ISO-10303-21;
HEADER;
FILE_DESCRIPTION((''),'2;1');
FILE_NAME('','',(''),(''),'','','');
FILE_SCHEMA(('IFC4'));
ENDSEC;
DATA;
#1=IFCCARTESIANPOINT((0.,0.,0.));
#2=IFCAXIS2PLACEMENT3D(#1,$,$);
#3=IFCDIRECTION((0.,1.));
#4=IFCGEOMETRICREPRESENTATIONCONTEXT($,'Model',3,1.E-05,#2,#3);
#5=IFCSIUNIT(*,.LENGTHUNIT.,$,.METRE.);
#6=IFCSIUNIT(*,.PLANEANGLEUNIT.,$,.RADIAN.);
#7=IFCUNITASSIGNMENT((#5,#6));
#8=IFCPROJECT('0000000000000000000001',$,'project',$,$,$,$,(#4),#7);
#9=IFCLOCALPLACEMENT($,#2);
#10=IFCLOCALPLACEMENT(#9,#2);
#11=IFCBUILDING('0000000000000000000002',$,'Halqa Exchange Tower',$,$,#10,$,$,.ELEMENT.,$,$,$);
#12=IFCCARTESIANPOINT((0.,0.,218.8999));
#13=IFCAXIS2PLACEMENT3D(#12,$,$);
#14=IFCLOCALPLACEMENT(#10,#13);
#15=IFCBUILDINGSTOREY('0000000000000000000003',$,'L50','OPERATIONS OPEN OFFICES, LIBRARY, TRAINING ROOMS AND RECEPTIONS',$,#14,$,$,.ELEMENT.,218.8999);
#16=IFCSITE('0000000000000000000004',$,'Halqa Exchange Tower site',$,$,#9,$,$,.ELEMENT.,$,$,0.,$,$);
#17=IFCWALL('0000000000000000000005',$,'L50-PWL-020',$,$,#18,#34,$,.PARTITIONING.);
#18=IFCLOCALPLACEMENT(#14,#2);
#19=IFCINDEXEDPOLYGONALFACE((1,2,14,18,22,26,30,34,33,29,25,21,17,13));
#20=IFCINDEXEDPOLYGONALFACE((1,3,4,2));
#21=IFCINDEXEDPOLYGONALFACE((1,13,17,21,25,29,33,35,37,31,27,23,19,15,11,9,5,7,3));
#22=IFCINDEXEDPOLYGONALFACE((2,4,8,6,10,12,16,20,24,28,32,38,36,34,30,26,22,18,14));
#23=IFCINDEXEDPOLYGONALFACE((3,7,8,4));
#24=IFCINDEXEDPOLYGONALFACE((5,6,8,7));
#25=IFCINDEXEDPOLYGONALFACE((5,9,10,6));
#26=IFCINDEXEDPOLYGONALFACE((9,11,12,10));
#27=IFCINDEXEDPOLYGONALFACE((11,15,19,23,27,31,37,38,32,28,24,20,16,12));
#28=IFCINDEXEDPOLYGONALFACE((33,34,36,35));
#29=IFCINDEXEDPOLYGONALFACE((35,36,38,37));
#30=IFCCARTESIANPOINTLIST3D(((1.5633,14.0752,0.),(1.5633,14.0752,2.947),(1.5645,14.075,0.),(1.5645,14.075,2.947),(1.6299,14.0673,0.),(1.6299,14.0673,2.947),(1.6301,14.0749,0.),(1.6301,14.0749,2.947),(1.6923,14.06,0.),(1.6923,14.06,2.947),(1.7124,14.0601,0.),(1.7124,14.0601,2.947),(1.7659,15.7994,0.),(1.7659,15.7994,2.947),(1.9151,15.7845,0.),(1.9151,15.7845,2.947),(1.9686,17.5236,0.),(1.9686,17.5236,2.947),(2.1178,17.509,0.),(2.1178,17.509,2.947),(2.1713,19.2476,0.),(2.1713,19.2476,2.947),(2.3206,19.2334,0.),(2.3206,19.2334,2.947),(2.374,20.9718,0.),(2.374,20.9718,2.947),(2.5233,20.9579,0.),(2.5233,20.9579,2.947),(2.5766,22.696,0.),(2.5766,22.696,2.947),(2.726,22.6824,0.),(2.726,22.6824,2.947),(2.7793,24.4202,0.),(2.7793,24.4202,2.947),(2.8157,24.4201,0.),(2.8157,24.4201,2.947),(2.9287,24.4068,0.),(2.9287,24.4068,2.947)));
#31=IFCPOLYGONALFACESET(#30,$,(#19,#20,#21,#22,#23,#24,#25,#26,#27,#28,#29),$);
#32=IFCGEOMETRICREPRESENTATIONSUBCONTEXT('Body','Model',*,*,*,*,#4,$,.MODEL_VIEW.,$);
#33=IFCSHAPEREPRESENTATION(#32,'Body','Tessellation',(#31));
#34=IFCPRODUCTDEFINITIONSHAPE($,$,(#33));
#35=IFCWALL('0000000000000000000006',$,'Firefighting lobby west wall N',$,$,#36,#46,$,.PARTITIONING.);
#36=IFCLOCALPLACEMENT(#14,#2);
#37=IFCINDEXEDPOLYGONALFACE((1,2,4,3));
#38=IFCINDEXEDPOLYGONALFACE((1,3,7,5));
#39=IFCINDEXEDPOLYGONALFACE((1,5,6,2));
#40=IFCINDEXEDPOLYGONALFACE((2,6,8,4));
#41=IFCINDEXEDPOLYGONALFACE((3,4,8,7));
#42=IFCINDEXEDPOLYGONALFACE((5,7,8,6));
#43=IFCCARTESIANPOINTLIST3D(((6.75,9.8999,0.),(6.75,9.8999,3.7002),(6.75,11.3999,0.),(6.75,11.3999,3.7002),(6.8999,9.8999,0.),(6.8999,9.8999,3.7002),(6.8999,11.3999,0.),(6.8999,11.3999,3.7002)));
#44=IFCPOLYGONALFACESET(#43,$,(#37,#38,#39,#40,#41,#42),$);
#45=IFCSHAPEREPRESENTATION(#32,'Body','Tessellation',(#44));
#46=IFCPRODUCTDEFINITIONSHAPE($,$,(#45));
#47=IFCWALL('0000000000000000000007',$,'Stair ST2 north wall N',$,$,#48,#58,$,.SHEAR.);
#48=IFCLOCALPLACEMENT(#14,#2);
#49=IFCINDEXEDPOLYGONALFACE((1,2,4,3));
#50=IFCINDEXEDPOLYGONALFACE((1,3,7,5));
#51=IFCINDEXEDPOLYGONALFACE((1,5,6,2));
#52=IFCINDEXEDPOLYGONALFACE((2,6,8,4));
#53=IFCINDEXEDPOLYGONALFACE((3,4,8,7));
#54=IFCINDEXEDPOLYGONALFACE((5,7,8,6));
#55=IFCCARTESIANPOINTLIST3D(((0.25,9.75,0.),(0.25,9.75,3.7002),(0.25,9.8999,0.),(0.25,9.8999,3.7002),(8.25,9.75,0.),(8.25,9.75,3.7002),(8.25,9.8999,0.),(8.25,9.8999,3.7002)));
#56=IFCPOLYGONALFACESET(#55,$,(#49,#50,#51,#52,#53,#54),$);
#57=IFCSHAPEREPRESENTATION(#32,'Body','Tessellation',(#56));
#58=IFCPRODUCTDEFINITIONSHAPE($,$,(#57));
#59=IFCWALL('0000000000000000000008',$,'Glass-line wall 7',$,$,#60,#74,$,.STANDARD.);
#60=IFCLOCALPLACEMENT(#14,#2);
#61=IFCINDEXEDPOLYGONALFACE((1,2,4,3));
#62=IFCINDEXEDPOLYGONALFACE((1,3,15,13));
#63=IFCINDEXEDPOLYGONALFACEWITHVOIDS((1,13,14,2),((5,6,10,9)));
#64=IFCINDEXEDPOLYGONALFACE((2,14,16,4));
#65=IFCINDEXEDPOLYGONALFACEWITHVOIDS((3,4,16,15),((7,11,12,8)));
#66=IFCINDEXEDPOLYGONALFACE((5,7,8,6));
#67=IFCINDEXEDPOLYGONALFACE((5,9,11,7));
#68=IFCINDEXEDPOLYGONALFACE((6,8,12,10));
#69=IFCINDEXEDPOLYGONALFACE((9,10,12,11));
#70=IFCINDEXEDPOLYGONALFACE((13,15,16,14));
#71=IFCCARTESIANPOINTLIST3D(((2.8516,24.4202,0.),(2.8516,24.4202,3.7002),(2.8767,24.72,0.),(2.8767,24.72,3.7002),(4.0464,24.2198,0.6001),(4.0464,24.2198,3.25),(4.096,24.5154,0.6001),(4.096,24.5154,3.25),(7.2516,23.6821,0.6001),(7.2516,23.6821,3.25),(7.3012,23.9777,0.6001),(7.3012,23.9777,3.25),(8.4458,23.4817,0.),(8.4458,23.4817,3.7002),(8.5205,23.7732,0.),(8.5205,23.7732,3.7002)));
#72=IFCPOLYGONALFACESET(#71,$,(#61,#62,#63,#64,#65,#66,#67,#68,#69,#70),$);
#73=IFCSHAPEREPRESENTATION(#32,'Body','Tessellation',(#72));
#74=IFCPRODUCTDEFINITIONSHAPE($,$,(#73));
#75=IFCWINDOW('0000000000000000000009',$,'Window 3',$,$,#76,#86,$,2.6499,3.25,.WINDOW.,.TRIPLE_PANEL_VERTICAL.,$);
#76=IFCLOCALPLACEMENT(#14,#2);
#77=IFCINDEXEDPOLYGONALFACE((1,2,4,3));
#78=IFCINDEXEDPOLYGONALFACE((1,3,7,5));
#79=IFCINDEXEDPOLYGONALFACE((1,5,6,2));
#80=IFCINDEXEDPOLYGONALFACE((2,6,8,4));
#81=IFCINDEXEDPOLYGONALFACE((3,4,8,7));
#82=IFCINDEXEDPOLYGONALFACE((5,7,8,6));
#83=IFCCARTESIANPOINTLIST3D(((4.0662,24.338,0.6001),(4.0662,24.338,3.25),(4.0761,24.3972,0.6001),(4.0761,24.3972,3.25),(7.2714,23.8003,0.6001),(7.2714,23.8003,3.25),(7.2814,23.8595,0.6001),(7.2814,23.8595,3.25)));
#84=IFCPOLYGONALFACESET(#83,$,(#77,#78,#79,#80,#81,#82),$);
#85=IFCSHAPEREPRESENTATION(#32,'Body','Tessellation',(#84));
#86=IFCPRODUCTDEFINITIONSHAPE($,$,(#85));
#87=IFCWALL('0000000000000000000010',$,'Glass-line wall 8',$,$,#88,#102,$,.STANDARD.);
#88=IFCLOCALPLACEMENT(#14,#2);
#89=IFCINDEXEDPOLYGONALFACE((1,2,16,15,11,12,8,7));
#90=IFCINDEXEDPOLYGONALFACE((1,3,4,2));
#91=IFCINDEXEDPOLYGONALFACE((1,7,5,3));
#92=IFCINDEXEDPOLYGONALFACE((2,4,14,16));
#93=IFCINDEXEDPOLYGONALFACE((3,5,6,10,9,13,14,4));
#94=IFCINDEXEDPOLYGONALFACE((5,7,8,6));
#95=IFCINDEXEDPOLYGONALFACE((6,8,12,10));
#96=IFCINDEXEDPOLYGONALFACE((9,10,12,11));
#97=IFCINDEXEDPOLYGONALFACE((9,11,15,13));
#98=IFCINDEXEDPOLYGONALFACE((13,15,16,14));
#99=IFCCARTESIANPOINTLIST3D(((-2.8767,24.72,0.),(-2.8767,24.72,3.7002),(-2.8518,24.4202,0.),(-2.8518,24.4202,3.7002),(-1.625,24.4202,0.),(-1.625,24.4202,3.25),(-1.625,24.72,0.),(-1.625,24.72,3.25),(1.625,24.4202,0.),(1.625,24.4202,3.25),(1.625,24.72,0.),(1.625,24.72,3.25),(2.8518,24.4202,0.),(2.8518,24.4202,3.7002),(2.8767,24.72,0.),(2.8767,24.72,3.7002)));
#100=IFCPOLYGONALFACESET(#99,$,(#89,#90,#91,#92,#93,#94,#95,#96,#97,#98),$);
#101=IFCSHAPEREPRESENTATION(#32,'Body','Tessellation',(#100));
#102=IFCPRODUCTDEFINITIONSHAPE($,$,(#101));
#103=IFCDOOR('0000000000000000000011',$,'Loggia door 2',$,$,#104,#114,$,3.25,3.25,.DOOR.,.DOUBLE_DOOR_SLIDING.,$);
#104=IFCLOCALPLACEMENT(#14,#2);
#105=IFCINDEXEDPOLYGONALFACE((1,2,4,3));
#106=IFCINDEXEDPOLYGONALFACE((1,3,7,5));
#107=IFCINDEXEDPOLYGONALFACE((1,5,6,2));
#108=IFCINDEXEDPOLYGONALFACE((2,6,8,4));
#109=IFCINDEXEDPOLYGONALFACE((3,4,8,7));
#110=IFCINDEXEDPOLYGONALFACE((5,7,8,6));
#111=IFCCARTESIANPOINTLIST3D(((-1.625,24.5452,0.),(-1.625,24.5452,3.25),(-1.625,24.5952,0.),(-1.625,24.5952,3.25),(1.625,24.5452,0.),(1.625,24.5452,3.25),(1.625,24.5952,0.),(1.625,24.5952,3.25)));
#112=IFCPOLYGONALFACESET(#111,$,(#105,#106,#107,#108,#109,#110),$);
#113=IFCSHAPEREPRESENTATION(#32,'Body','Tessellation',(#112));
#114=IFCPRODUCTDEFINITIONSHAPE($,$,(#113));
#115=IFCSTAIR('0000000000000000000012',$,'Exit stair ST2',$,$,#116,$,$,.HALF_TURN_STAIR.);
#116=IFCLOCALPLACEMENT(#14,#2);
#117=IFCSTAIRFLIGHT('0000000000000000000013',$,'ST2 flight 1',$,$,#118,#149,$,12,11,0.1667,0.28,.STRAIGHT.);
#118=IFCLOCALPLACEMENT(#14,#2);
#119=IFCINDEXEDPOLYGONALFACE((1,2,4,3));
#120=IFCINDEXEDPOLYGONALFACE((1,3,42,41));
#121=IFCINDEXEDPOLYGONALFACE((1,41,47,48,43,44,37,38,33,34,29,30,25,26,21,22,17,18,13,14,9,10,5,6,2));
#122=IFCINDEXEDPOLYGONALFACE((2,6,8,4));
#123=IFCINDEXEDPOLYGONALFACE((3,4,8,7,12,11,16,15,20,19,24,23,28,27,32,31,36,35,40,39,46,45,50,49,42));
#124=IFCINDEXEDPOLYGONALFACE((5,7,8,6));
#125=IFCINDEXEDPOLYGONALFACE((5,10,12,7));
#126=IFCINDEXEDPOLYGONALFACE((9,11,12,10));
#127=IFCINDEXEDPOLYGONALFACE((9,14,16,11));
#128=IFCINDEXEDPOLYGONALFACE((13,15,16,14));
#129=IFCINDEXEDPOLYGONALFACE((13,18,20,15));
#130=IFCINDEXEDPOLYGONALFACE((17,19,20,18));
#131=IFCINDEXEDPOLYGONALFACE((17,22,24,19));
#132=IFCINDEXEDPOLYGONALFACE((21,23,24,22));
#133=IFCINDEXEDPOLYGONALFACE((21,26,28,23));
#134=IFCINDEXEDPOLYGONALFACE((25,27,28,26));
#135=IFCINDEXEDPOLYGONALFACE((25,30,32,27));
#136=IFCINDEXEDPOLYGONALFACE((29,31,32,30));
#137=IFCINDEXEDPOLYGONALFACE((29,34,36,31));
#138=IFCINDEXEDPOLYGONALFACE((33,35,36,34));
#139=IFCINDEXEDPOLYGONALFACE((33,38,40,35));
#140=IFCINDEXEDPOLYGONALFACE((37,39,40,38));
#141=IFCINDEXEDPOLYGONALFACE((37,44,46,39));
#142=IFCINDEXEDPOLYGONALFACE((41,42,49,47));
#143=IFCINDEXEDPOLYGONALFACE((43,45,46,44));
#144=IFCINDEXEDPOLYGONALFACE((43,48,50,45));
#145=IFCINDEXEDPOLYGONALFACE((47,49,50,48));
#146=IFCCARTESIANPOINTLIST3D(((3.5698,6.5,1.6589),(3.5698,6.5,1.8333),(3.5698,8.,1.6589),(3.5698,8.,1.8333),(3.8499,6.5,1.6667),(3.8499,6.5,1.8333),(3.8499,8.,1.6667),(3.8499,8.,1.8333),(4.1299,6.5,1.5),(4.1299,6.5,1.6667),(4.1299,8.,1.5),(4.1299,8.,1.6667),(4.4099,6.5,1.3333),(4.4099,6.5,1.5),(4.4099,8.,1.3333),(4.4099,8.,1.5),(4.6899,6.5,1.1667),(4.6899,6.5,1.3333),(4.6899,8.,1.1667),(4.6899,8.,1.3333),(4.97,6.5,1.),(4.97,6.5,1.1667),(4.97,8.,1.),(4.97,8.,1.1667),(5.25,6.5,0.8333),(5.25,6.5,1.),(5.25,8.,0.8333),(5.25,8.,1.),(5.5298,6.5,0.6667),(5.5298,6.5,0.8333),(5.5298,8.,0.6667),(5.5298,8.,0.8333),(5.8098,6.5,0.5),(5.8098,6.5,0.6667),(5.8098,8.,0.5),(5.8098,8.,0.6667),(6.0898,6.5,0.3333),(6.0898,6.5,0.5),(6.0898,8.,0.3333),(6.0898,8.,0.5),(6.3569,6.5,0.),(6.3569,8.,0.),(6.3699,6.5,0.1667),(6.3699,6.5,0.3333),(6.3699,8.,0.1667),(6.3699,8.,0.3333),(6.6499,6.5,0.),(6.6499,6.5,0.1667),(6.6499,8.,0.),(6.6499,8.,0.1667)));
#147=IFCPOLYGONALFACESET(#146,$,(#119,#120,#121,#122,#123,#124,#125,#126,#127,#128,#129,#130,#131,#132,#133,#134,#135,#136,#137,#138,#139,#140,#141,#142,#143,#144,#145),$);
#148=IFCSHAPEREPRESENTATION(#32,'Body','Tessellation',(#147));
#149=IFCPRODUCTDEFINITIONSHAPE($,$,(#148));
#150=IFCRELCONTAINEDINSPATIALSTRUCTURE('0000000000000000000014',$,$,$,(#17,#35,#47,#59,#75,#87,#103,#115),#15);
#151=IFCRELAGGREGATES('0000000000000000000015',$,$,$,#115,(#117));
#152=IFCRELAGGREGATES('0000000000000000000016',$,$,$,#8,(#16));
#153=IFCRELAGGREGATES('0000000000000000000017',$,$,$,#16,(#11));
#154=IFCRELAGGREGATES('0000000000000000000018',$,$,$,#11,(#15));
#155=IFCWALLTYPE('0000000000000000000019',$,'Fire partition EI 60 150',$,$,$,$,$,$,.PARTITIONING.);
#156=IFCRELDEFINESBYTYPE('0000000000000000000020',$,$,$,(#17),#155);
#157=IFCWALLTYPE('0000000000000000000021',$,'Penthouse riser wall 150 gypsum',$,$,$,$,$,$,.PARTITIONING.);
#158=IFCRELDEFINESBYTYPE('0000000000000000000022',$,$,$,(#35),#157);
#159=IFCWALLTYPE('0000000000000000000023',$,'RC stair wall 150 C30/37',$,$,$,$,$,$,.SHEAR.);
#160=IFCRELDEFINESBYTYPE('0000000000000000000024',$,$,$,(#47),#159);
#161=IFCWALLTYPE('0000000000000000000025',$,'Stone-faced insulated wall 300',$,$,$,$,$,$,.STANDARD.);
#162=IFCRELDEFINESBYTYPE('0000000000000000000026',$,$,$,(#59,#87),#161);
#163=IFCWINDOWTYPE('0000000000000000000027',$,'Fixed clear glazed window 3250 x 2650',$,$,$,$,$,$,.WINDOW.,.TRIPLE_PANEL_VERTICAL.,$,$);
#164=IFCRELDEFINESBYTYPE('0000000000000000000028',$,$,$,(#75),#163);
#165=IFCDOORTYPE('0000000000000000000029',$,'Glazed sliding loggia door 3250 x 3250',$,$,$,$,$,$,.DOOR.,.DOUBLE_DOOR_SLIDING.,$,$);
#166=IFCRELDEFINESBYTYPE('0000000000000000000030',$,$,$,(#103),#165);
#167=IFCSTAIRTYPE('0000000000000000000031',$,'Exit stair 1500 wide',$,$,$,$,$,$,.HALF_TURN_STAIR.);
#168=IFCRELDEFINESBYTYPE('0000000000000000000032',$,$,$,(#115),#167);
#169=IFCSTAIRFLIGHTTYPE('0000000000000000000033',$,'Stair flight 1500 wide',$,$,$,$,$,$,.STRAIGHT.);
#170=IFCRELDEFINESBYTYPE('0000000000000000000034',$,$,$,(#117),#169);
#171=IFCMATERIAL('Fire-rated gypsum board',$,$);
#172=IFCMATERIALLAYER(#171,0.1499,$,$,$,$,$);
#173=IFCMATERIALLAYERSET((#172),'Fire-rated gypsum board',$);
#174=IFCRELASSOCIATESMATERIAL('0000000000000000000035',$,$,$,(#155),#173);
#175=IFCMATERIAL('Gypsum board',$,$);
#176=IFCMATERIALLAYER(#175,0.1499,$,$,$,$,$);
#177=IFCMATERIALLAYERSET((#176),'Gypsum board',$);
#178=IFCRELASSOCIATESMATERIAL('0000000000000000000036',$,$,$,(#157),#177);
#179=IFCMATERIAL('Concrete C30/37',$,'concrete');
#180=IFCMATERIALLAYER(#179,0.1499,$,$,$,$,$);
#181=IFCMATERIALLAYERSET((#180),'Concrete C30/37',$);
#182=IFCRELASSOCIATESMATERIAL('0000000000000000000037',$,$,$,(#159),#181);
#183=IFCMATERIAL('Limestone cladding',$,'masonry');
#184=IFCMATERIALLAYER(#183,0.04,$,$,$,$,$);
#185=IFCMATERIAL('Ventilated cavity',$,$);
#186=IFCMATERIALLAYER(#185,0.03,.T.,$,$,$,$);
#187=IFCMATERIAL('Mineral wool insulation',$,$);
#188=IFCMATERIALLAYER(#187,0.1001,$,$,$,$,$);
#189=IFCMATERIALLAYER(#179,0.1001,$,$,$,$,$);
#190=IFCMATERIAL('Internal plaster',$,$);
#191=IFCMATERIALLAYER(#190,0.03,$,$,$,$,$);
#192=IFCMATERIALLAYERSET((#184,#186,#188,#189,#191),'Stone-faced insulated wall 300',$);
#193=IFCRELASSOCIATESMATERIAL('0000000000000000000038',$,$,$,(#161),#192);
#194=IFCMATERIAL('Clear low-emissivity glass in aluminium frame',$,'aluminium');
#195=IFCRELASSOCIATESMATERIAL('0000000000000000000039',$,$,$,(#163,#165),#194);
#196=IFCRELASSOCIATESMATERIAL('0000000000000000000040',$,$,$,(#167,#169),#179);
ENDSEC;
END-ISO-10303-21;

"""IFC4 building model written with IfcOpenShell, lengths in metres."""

from ifc_helpers import new_model, si_unit, direction, frame, frame_2d, origin, place, context, subcontext, project, spatial, polyline, rectangle, outline, extrude, material, layer, layer_set, type_object, element, fill, aggregate, save


model = new_model("IFC4")

# Units and contexts
model_context = context("Model", 3, precision=1e-05, world=origin(), true_north=direction((0.0, 1.0)))
body_context = subcontext(model_context, "Body", "Model", "MODEL_VIEW")
ifc_project = project(units=[si_unit("LENGTHUNIT", "METRE"), si_unit("PLANEANGLEUNIT", "RADIAN")], contexts=[model_context])

# Site, building, storey
site_placement = place(None, origin())
site = spatial("IfcSite", under=ifc_project, at=site_placement, Name="Halqa Exchange Tower site", CompositionType="ELEMENT", RefElevation=0.0)
building_placement = place(site_placement, origin())
building = spatial("IfcBuilding", under=site, at=building_placement, Name="Halqa Exchange Tower", CompositionType="ELEMENT")
storey_placement = place(building_placement, frame((0.0, 0.0, 218.8999)))
storey = spatial("IfcBuildingStorey", under=building, at=storey_placement, Name="L50", Description="OPERATIONS OPEN OFFICES, LIBRARY, TRAINING ROOMS AND RECEPTIONS", CompositionType="ELEMENT", Elevation=218.8999)

# Wall
ifc_material_1 = material(Name="Fire-rated gypsum board")
ifc_layer_1 = layer(ifc_material_1, 0.1499)
ifc_layer_set_1 = layer_set([ifc_layer_1], Name="Fire-rated gypsum board")
wall_type_1 = type_object("IfcWallType", Name="Fire partition EI 60 150", PredefinedType="PARTITIONING", material=ifc_layer_set_1)
wall_1_placement = place(storey_placement, frame((1.6377, 14.0664, 0.0), z_axis=(0.0, 0.0, 1.0), x_axis=(0.116747, 0.993162, 0.0)))
element("IfcWall", 1, at=wall_1_placement, inside=storey, type_object=wall_type_1, Name="L50-PWL-020", PredefinedType="PARTITIONING", context=body_context, shape_type="SweptSolid", body=[
    extrude(outline(polyline([(10.4204, -0.075), (10.4204, 0.0388), (10.4163, 0.075), (8.6802, 0.075), (6.9441, 0.075), (5.208, 0.075), (3.4722, 0.075), (1.7361, 0.075), (0.0, 0.075), (0.0, 0.0737), (0.0076, 0.0085), (0.0, 0.0078), (0.0, -0.0549), (0.0024, -0.075), (1.7388, -0.075), (3.4751, -0.075), (5.2114, -0.075), (6.9478, -0.075), (8.6841, -0.075), (10.4204, -0.075)])), origin(), (0.0, 0.0, 1.0), 2.947),
])

# Walls
ifc_material_2 = material(Name="Gypsum board")
ifc_layer_2 = layer(ifc_material_2, 0.1499)
ifc_layer_set_2 = layer_set([ifc_layer_2], Name="Gypsum board")
wall_type_2 = type_object("IfcWallType", Name="Penthouse riser wall 150 gypsum", PredefinedType="PARTITIONING", material=ifc_layer_set_2)
wall_2_placement = place(storey_placement, frame((6.825, 9.8999, 0.0), z_axis=(0.0, 0.0, 1.0), x_axis=(0.0, 1.0, 0.0)))
element("IfcWall", 2, at=wall_2_placement, inside=storey, type_object=wall_type_2, Name="Firefighting lobby west wall N", PredefinedType="PARTITIONING", context=body_context, shape_type="SweptSolid", body=[
    extrude(rectangle(XDim=1.5, YDim=0.1499, at=frame_2d((0.75, 0.0))), origin(), (0.0, 0.0, 1.0), 3.7002),
])
ifc_material_3 = material(Name="Concrete C30/37", Category="concrete")
ifc_layer_3 = layer(ifc_material_3, 0.1499)
ifc_layer_set_3 = layer_set([ifc_layer_3], Name="Concrete C30/37")
wall_type_3 = type_object("IfcWallType", Name="RC stair wall 150 C30/37", PredefinedType="SHEAR", material=ifc_layer_set_3)
wall_3_placement = place(storey_placement, frame((0.25, 9.825, 0.0), z_axis=(0.0, 0.0, 1.0), x_axis=(1.0, 0.0, 0.0)))
element("IfcWall", 3, at=wall_3_placement, inside=storey, type_object=wall_type_3, Name="Stair ST2 north wall N", PredefinedType="SHEAR", context=body_context, shape_type="SweptSolid", body=[
    extrude(rectangle(XDim=8.0, YDim=0.1499, at=frame_2d((4.0, 0.0))), origin(), (0.0, 0.0, 1.0), 3.7002),
])

# Wall, opening, window
ifc_material_4 = material(Name="Limestone cladding", Category="masonry")
ifc_layer_4 = layer(ifc_material_4, 0.04)
ifc_material_5 = material(Name="Ventilated cavity")
ifc_layer_5 = layer(ifc_material_5, 0.03, ventilated=True)
ifc_material_6 = material(Name="Mineral wool insulation")
ifc_layer_6 = layer(ifc_material_6, 0.1001)
ifc_layer_7 = layer(ifc_material_3, 0.1001)
ifc_material_7 = material(Name="Internal plaster")
ifc_layer_8 = layer(ifc_material_7, 0.03)
ifc_layer_set_4 = layer_set([ifc_layer_4, ifc_layer_5, ifc_layer_6, ifc_layer_7, ifc_layer_8], Name="Stone-faced insulated wall 300")
wall_type_4 = type_object("IfcWallType", Name="Stone-faced insulated wall 300", PredefinedType="STANDARD", material=ifc_layer_set_4)
wall_4_placement = place(storey_placement, frame((8.4832, 23.6274, 0.0), z_axis=(0.0, 0.0, 1.0), x_axis=(-0.986218, 0.165448, 0.0)))
wall_4 = element("IfcWall", 4, at=wall_4_placement, inside=storey, type_object=wall_type_4, Name="Glass-line wall 7", PredefinedType="STANDARD", context=body_context, shape_type="SweptSolid", body=[
    extrude(outline(polyline([(-0.0127, -0.1499), (5.71, -0.1499), (5.6851, 0.1499), (0.0127, 0.1499), (-0.0127, -0.1499)])), origin(), (0.0, 0.0, 1.0), 3.7002),
])
opening_1_placement = place(wall_4_placement, frame((1.2236, 0.0, 0.6001)))
opening_1 = element("IfcOpeningElement", 5, at=opening_1_placement, cuts=wall_4, PredefinedType="OPENING", context=body_context, shape_type="SweptSolid", body=[
    extrude(rectangle(XDim=3.25, YDim=2.6499, at=frame_2d((1.625, 1.325))), frame((0.0, 0.1621, 0.0), z_axis=(0.0, -1.0, 0.0), x_axis=(1.0, 0.0, 0.0)), (0.0, 0.0, 1.0), 0.324),
])
ifc_material_8 = material(Name="Clear low-emissivity glass in aluminium frame", Category="aluminium")
window_type = type_object("IfcWindowType", Name="Fixed clear glazed window 3250 x 2650", PartitioningType="TRIPLE_PANEL_VERTICAL", PredefinedType="WINDOW", material=ifc_material_8)
window_placement = place(opening_1_placement, origin())
window = element("IfcWindow", 6, at=window_placement, inside=storey, type_object=window_type, Name="Window 3", OverallHeight=2.6499, OverallWidth=3.25, PartitioningType="TRIPLE_PANEL_VERTICAL", PredefinedType="WINDOW", context=body_context, shape_type="SweptSolid", body=[
    extrude(rectangle(XDim=3.25, YDim=2.6499, at=frame_2d((1.625, 1.325))), frame((0.0, 0.03, 0.0), z_axis=(0.0, -1.0, 0.0), x_axis=(1.0, 0.0, 0.0)), (0.0, 0.0, 1.0), 0.0601),
])
fill(opening_1, window)

# Wall, opening, door
wall_5_placement = place(storey_placement, frame((2.8643, 24.5701, 0.0), z_axis=(0.0, 0.0, 1.0), x_axis=(-1.0, 0.0, 0.0)))
wall_5 = element("IfcWall", 7, at=wall_5_placement, inside=storey, type_object=wall_type_4, Name="Glass-line wall 8", PredefinedType="STANDARD", context=body_context, shape_type="SweptSolid", body=[
    extrude(outline(polyline([(-0.0125, -0.1499), (5.741, -0.1499), (5.7161, 0.1499), (0.0125, 0.1499), (-0.0125, -0.1499)])), origin(), (0.0, 0.0, 1.0), 3.7002),
])
opening_2_placement = place(wall_5_placement, frame((1.2393, 0.0, 0.0)))
opening_2 = element("IfcOpeningElement", 8, at=opening_2_placement, cuts=wall_5, PredefinedType="OPENING", context=body_context, shape_type="SweptSolid", body=[
    extrude(rectangle(XDim=3.25, YDim=3.25, at=frame_2d((1.625, 1.625))), frame((0.0, 0.1621, 0.0), z_axis=(0.0, -1.0, 0.0), x_axis=(1.0, 0.0, 0.0)), (0.0, 0.0, 1.0), 0.324),
])
door_type_1 = type_object("IfcDoorType", Name="Glazed sliding loggia door 3250 x 3250", OperationType="DOUBLE_DOOR_SLIDING", PredefinedType="DOOR", material=ifc_material_8)
door_1_placement = place(opening_2_placement, origin())
door_1 = element("IfcDoor", 9, at=door_1_placement, inside=storey, type_object=door_type_1, Name="Loggia door 2", OperationType="DOUBLE_DOOR_SLIDING", OverallHeight=3.25, OverallWidth=3.25, PredefinedType="DOOR", context=body_context, shape_type="SweptSolid", body=[
    extrude(rectangle(XDim=3.25, YDim=3.25, at=frame_2d((1.625, 1.625))), frame((0.0, 0.0249, 0.0), z_axis=(0.0, -1.0, 0.0), x_axis=(1.0, 0.0, 0.0)), (0.0, 0.0, 1.0), 0.05),
])
fill(opening_2, door_1)

# Stair, stair flight
stair_type = type_object("IfcStairType", Name="Exit stair 1500 wide", PredefinedType="HALF_TURN_STAIR", material=ifc_material_3)
stair_placement = place(storey_placement, origin())
stair = element("IfcStair", 10, at=stair_placement, inside=storey, type_object=stair_type, Name="Exit stair ST2", PredefinedType="HALF_TURN_STAIR")
stair_flight_type = type_object("IfcStairFlightType", Name="Stair flight 1500 wide", PredefinedType="STRAIGHT", material=ifc_material_3)
stair_flight_1_placement = place(storey_placement, frame((6.6499, 7.25, 0.0), z_axis=(0.0, 0.0, 1.0), x_axis=(-1.0, 0.0, 0.0)))
stair_flight_1 = element("IfcStairFlight", 11, at=stair_flight_1_placement, type_object=stair_flight_type, Name="ST2 flight 1", NumberOfRisers=12, NumberOfTreads=11, PredefinedType="STRAIGHT", RiserHeight=0.1667, TreadLength=0.28, context=body_context, shape_type="SweptSolid", body=[
    extrude(outline(polyline([(0.0, 0.0), (0.0, 0.1667), (0.28, 0.1667), (0.28, 0.3333), (0.5601, 0.3333), (0.5601, 0.5), (0.8401, 0.5), (0.8401, 0.6667), (1.1201, 0.6667), (1.1201, 0.8333), (1.3999, 0.8333), (1.3999, 1.0), (1.6799, 1.0), (1.6799, 1.1667), (1.96, 1.1667), (1.96, 1.3333), (2.24, 1.3333), (2.24, 1.5), (2.52, 1.5), (2.52, 1.6667), (2.8, 1.6667), (2.8, 1.8333), (3.0801, 1.8333), (3.0801, 2.0), (3.0801, 1.6589), (0.293, 0.0), (0.0, 0.0)])), frame((0.0, 0.75, 0.0), z_axis=(0.0, -1.0, 0.0), x_axis=(1.0, 0.0, 0.0)), (0.0, 0.0, 1.0), 1.5),
])
aggregate(stair, [stair_flight_1])

save(model, "model.ifc")
